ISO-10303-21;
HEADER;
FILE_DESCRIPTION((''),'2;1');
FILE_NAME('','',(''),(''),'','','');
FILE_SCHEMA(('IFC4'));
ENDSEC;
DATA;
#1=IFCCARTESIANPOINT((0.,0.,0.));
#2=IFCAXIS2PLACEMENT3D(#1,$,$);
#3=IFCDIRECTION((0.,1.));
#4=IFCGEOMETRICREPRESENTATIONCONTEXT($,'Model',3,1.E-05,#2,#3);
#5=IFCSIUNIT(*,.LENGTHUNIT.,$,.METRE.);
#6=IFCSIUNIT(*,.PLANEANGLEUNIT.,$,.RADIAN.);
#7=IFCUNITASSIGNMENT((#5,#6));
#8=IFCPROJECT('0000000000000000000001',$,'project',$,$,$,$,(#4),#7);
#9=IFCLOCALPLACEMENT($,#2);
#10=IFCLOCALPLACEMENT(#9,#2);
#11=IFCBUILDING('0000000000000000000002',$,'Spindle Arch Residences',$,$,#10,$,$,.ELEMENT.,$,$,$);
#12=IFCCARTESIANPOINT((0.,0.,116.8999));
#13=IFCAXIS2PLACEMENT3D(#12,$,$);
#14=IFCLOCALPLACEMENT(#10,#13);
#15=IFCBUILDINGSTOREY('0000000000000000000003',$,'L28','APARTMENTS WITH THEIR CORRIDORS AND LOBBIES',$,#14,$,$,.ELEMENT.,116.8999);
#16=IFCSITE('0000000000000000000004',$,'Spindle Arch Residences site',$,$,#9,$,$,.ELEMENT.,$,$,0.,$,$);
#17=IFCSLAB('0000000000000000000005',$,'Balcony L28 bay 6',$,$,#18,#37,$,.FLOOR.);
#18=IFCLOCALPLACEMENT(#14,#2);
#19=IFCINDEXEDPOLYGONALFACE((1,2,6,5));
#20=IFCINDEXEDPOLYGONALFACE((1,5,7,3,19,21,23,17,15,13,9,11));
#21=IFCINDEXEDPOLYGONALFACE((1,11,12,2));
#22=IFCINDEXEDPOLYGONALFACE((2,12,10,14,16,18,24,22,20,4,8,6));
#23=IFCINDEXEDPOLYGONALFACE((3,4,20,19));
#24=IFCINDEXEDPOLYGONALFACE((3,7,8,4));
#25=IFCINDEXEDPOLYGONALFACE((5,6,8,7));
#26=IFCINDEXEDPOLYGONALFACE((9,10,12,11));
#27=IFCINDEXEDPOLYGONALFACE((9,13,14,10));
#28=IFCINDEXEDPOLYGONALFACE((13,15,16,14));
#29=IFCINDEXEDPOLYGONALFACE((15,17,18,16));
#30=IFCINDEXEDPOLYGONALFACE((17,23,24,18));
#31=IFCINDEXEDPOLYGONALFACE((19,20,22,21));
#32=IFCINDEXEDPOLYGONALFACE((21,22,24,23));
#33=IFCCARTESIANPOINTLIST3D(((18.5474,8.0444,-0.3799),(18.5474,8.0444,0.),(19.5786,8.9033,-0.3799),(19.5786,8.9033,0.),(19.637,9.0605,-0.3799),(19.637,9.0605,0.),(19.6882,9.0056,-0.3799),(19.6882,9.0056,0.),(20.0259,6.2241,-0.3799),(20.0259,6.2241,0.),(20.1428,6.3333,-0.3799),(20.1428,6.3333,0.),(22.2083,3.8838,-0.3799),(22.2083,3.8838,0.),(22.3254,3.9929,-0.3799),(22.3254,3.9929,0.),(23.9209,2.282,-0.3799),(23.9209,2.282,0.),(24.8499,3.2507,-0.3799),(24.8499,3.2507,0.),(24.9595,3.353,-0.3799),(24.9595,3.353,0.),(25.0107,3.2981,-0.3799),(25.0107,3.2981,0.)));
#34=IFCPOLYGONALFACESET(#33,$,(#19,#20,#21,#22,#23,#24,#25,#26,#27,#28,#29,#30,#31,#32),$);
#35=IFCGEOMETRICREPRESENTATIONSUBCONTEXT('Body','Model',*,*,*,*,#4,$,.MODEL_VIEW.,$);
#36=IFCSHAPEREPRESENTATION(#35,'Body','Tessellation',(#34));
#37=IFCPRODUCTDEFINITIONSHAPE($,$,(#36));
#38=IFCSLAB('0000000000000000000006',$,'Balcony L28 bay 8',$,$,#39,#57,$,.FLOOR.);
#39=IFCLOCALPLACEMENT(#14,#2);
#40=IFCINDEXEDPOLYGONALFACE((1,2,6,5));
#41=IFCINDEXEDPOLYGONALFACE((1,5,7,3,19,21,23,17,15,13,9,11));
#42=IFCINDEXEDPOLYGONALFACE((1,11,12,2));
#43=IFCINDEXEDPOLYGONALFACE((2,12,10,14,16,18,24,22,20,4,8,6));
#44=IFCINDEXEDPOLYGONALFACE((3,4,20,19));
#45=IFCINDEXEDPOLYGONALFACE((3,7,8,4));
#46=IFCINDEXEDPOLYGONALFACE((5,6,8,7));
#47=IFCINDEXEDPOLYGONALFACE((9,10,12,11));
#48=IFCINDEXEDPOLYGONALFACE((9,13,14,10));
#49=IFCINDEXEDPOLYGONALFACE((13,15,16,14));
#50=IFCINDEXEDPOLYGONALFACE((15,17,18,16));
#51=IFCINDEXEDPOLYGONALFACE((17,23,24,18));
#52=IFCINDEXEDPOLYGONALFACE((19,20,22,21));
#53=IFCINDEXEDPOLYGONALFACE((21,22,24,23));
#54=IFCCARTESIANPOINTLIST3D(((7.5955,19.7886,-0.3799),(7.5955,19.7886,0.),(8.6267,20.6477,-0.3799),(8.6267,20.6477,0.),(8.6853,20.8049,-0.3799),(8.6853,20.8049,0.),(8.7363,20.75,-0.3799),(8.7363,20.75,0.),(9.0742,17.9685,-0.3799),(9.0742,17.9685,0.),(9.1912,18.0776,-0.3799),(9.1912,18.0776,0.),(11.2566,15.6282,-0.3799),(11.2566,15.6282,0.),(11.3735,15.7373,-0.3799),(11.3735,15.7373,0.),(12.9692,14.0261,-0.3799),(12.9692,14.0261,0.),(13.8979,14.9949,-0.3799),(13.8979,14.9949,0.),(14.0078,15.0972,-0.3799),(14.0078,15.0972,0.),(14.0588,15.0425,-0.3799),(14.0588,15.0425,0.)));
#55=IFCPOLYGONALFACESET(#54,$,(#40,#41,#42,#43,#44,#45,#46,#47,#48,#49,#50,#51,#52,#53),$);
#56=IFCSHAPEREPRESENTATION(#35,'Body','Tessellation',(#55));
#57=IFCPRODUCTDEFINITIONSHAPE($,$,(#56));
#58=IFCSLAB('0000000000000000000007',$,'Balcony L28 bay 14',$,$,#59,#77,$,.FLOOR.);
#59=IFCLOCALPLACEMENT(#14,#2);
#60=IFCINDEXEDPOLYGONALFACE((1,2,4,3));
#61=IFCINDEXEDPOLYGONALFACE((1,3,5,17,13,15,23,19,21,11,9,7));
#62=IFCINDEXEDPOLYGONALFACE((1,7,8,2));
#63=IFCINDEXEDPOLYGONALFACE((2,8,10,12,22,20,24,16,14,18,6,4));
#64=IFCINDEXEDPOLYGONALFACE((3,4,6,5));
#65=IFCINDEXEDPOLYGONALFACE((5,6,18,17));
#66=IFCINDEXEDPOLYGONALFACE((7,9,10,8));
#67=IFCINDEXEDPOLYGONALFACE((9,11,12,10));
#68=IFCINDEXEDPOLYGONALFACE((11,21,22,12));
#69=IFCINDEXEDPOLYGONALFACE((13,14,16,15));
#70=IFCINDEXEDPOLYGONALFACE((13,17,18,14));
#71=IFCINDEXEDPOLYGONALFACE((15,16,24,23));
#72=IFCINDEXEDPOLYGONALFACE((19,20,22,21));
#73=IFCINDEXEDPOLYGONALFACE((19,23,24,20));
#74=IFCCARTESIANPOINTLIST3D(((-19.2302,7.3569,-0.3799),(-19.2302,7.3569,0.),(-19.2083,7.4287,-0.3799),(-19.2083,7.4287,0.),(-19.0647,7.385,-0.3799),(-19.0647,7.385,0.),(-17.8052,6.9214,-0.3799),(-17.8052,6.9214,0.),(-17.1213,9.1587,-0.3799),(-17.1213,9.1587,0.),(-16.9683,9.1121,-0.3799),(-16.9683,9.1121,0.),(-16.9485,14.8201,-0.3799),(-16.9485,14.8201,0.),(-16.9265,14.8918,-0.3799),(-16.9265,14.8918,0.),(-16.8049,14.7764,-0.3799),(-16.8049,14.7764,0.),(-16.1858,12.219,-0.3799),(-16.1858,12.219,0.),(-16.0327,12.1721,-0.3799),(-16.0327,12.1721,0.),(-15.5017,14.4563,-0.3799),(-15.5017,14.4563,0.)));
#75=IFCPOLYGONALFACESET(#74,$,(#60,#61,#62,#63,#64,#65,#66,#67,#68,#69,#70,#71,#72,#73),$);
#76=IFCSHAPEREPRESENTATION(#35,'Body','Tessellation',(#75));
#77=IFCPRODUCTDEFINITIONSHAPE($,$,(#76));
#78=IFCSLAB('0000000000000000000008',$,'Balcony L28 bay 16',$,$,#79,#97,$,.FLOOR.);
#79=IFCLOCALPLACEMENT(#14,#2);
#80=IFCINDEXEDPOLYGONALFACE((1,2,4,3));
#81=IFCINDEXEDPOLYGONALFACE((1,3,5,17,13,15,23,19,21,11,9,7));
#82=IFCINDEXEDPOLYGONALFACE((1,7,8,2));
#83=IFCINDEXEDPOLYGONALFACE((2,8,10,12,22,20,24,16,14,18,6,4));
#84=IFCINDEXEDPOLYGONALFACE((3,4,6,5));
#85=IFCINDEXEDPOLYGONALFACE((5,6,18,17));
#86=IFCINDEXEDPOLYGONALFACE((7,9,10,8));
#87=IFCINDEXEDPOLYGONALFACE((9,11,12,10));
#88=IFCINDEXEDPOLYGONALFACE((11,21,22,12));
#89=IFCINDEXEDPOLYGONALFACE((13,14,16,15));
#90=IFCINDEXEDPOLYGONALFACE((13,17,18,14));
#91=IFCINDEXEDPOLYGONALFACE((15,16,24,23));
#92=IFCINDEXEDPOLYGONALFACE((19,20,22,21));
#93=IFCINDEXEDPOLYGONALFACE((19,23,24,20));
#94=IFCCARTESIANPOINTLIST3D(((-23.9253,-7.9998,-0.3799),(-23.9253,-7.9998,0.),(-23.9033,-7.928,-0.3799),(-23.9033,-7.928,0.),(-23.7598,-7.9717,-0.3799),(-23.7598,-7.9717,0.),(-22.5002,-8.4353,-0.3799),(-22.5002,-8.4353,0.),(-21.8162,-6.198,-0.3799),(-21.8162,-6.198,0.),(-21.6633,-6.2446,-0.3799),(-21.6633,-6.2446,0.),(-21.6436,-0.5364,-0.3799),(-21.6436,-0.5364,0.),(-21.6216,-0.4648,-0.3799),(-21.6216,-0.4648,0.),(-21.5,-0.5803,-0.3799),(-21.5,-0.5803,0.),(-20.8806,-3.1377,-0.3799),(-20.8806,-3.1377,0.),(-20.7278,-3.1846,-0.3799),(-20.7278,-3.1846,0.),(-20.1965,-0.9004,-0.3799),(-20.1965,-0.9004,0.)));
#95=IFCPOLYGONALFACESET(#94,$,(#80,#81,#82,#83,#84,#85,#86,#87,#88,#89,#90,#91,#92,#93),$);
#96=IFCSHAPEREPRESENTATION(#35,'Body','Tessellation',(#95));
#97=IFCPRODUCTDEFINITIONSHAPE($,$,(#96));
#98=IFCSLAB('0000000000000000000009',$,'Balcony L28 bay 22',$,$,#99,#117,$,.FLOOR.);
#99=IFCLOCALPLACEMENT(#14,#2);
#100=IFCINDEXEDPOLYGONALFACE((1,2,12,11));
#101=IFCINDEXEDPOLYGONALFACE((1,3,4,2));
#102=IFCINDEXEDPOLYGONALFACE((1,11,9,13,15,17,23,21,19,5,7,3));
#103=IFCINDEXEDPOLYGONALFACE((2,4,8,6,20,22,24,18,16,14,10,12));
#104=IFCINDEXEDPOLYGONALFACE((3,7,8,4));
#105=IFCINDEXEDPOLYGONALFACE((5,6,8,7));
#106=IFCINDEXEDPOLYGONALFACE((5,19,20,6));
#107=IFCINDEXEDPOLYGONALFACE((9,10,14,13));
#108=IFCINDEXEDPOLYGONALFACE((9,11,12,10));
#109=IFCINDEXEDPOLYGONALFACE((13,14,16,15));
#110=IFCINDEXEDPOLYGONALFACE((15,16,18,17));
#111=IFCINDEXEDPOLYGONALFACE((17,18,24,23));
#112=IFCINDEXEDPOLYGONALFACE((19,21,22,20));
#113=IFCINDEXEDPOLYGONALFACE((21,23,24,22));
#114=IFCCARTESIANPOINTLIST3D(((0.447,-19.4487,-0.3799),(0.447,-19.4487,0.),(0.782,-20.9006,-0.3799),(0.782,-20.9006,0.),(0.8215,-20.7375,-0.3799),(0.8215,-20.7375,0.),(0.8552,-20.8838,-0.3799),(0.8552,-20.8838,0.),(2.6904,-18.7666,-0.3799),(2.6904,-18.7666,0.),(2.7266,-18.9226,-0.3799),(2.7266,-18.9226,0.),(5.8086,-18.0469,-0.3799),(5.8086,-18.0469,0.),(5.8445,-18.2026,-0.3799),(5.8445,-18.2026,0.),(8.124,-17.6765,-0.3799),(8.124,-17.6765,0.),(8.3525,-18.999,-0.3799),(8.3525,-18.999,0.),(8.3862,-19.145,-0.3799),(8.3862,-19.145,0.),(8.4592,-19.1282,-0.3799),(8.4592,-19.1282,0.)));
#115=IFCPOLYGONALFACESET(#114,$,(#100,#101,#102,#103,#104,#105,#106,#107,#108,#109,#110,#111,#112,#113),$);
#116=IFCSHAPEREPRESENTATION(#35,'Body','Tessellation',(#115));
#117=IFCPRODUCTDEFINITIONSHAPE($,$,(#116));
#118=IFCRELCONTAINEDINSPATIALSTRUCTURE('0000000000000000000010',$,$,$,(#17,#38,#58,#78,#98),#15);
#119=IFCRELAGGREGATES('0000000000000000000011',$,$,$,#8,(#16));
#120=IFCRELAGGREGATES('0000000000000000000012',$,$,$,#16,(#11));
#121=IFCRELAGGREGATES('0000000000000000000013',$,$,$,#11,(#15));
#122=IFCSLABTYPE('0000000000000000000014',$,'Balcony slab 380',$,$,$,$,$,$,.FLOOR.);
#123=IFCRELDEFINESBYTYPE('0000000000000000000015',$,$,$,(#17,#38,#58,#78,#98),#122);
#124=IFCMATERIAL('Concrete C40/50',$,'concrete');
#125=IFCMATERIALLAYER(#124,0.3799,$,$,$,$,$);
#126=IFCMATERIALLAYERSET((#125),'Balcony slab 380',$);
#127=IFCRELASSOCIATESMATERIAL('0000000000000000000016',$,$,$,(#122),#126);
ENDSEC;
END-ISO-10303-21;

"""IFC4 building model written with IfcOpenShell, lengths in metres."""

from ifc_helpers import new_model, si_unit, direction, frame, origin, place, context, subcontext, project, spatial, polyline, outline, extrude, material, layer, layer_set, type_object, element, save


model = new_model("IFC4")

# Units and contexts
model_context = context("Model", 3, precision=1e-05, world=origin(), true_north=direction((0.0, 1.0)))
body_context = subcontext(model_context, "Body", "Model", "MODEL_VIEW")
ifc_project = project(units=[si_unit("LENGTHUNIT", "METRE"), si_unit("PLANEANGLEUNIT", "RADIAN")], contexts=[model_context])

# Site, building, storey
site_placement = place(None, origin())
site = spatial("IfcSite", under=ifc_project, at=site_placement, Name="Spindle Arch Residences site", CompositionType="ELEMENT", RefElevation=0.0)
building_placement = place(site_placement, origin())
building = spatial("IfcBuilding", under=site, at=building_placement, Name="Spindle Arch Residences", CompositionType="ELEMENT")
storey_placement = place(building_placement, frame((0.0, 0.0, 116.8999)))
storey = spatial("IfcBuildingStorey", under=building, at=storey_placement, Name="L28", Description="APARTMENTS WITH THEIR CORRIDORS AND LOBBIES", CompositionType="ELEMENT", Elevation=116.8999)

# Slabs
ifc_material_1 = material(Name="Concrete C40/50", Category="concrete")
ifc_layer_1 = layer(ifc_material_1, 0.3799)
ifc_layer_set_1 = layer_set([ifc_layer_1], Name="Balcony slab 380")
slab_type_1 = type_object("IfcSlabType", Name="Balcony slab 380", PredefinedType="FLOOR", material=ifc_layer_set_1)
slab_1_placement = place(storey_placement, frame((0.0, 0.0, -0.3799)))
element("IfcSlab", 1, at=slab_1_placement, inside=storey, type_object=slab_type_1, Name="Balcony L28 bay 6", PredefinedType="FLOOR", context=body_context, shape_type="SweptSolid", body=[
    extrude(outline(polyline([(25.0107, 3.2981), (24.9595, 3.353), (24.8499, 3.2507), (19.5786, 8.9033), (19.6882, 9.0056), (19.637, 9.0605), (18.5474, 8.0444), (20.1428, 6.3333), (20.0259, 6.2241), (22.2083, 3.8838), (22.3254, 3.9929), (23.9209, 2.282), (25.0107, 3.2981)])), origin(), (0.0, 0.0, 1.0), 0.3799),
])
slab_2_placement = place(storey_placement, frame((0.0, 0.0, -0.3799)))
element("IfcSlab", 2, at=slab_2_placement, inside=storey, type_object=slab_type_1, Name="Balcony L28 bay 8", PredefinedType="FLOOR", context=body_context, shape_type="SweptSolid", body=[
    extrude(outline(polyline([(14.0588, 15.0425), (14.0078, 15.0972), (13.8979, 14.9949), (8.6267, 20.6477), (8.7363, 20.75), (8.6853, 20.8049), (7.5955, 19.7886), (9.1912, 18.0776), (9.0742, 17.9685), (11.2566, 15.6282), (11.3735, 15.7373), (12.9692, 14.0261), (14.0588, 15.0425)])), origin(), (0.0, 0.0, 1.0), 0.3799),
])
slab_3_placement = place(storey_placement, frame((0.0, 0.0, -0.3799)))
element("IfcSlab", 3, at=slab_3_placement, inside=storey, type_object=slab_type_1, Name="Balcony L28 bay 14", PredefinedType="FLOOR", context=body_context, shape_type="SweptSolid", body=[
    extrude(outline(polyline([(-16.9265, 14.8918), (-16.9485, 14.8201), (-16.8049, 14.7764), (-19.0647, 7.385), (-19.2083, 7.4287), (-19.2302, 7.3569), (-17.8052, 6.9214), (-17.1213, 9.1587), (-16.9683, 9.1121), (-16.0327, 12.1721), (-16.1858, 12.219), (-15.5017, 14.4563), (-16.9265, 14.8918)])), origin(), (0.0, 0.0, 1.0), 0.3799),
])
slab_4_placement = place(storey_placement, frame((0.0, 0.0, -0.3799)))
element("IfcSlab", 4, at=slab_4_placement, inside=storey, type_object=slab_type_1, Name="Balcony L28 bay 16", PredefinedType="FLOOR", context=body_context, shape_type="SweptSolid", body=[
    extrude(outline(polyline([(-21.6216, -0.4648), (-21.6436, -0.5364), (-21.5, -0.5803), (-23.7598, -7.9717), (-23.9033, -7.928), (-23.9253, -7.9998), (-22.5002, -8.4353), (-21.8162, -6.198), (-21.6633, -6.2446), (-20.7278, -3.1846), (-20.8806, -3.1377), (-20.1965, -0.9004), (-21.6216, -0.4648)])), origin(), (0.0, 0.0, 1.0), 0.3799),
])
slab_5_placement = place(storey_placement, frame((0.0, 0.0, -0.3799)))
element("IfcSlab", 5, at=slab_5_placement, inside=storey, type_object=slab_type_1, Name="Balcony L28 bay 22", PredefinedType="FLOOR", context=body_context, shape_type="SweptSolid", body=[
    extrude(outline(polyline([(0.782, -20.9006), (0.8552, -20.8838), (0.8215, -20.7375), (8.3525, -18.999), (8.3862, -19.145), (8.4592, -19.1282), (8.124, -17.6765), (5.8445, -18.2026), (5.8086, -18.0469), (2.6904, -18.7666), (2.7266, -18.9226), (0.447, -19.4487), (0.782, -20.9006)])), origin(), (0.0, 0.0, 1.0), 0.3799),
])

save(model, "model.ifc")
